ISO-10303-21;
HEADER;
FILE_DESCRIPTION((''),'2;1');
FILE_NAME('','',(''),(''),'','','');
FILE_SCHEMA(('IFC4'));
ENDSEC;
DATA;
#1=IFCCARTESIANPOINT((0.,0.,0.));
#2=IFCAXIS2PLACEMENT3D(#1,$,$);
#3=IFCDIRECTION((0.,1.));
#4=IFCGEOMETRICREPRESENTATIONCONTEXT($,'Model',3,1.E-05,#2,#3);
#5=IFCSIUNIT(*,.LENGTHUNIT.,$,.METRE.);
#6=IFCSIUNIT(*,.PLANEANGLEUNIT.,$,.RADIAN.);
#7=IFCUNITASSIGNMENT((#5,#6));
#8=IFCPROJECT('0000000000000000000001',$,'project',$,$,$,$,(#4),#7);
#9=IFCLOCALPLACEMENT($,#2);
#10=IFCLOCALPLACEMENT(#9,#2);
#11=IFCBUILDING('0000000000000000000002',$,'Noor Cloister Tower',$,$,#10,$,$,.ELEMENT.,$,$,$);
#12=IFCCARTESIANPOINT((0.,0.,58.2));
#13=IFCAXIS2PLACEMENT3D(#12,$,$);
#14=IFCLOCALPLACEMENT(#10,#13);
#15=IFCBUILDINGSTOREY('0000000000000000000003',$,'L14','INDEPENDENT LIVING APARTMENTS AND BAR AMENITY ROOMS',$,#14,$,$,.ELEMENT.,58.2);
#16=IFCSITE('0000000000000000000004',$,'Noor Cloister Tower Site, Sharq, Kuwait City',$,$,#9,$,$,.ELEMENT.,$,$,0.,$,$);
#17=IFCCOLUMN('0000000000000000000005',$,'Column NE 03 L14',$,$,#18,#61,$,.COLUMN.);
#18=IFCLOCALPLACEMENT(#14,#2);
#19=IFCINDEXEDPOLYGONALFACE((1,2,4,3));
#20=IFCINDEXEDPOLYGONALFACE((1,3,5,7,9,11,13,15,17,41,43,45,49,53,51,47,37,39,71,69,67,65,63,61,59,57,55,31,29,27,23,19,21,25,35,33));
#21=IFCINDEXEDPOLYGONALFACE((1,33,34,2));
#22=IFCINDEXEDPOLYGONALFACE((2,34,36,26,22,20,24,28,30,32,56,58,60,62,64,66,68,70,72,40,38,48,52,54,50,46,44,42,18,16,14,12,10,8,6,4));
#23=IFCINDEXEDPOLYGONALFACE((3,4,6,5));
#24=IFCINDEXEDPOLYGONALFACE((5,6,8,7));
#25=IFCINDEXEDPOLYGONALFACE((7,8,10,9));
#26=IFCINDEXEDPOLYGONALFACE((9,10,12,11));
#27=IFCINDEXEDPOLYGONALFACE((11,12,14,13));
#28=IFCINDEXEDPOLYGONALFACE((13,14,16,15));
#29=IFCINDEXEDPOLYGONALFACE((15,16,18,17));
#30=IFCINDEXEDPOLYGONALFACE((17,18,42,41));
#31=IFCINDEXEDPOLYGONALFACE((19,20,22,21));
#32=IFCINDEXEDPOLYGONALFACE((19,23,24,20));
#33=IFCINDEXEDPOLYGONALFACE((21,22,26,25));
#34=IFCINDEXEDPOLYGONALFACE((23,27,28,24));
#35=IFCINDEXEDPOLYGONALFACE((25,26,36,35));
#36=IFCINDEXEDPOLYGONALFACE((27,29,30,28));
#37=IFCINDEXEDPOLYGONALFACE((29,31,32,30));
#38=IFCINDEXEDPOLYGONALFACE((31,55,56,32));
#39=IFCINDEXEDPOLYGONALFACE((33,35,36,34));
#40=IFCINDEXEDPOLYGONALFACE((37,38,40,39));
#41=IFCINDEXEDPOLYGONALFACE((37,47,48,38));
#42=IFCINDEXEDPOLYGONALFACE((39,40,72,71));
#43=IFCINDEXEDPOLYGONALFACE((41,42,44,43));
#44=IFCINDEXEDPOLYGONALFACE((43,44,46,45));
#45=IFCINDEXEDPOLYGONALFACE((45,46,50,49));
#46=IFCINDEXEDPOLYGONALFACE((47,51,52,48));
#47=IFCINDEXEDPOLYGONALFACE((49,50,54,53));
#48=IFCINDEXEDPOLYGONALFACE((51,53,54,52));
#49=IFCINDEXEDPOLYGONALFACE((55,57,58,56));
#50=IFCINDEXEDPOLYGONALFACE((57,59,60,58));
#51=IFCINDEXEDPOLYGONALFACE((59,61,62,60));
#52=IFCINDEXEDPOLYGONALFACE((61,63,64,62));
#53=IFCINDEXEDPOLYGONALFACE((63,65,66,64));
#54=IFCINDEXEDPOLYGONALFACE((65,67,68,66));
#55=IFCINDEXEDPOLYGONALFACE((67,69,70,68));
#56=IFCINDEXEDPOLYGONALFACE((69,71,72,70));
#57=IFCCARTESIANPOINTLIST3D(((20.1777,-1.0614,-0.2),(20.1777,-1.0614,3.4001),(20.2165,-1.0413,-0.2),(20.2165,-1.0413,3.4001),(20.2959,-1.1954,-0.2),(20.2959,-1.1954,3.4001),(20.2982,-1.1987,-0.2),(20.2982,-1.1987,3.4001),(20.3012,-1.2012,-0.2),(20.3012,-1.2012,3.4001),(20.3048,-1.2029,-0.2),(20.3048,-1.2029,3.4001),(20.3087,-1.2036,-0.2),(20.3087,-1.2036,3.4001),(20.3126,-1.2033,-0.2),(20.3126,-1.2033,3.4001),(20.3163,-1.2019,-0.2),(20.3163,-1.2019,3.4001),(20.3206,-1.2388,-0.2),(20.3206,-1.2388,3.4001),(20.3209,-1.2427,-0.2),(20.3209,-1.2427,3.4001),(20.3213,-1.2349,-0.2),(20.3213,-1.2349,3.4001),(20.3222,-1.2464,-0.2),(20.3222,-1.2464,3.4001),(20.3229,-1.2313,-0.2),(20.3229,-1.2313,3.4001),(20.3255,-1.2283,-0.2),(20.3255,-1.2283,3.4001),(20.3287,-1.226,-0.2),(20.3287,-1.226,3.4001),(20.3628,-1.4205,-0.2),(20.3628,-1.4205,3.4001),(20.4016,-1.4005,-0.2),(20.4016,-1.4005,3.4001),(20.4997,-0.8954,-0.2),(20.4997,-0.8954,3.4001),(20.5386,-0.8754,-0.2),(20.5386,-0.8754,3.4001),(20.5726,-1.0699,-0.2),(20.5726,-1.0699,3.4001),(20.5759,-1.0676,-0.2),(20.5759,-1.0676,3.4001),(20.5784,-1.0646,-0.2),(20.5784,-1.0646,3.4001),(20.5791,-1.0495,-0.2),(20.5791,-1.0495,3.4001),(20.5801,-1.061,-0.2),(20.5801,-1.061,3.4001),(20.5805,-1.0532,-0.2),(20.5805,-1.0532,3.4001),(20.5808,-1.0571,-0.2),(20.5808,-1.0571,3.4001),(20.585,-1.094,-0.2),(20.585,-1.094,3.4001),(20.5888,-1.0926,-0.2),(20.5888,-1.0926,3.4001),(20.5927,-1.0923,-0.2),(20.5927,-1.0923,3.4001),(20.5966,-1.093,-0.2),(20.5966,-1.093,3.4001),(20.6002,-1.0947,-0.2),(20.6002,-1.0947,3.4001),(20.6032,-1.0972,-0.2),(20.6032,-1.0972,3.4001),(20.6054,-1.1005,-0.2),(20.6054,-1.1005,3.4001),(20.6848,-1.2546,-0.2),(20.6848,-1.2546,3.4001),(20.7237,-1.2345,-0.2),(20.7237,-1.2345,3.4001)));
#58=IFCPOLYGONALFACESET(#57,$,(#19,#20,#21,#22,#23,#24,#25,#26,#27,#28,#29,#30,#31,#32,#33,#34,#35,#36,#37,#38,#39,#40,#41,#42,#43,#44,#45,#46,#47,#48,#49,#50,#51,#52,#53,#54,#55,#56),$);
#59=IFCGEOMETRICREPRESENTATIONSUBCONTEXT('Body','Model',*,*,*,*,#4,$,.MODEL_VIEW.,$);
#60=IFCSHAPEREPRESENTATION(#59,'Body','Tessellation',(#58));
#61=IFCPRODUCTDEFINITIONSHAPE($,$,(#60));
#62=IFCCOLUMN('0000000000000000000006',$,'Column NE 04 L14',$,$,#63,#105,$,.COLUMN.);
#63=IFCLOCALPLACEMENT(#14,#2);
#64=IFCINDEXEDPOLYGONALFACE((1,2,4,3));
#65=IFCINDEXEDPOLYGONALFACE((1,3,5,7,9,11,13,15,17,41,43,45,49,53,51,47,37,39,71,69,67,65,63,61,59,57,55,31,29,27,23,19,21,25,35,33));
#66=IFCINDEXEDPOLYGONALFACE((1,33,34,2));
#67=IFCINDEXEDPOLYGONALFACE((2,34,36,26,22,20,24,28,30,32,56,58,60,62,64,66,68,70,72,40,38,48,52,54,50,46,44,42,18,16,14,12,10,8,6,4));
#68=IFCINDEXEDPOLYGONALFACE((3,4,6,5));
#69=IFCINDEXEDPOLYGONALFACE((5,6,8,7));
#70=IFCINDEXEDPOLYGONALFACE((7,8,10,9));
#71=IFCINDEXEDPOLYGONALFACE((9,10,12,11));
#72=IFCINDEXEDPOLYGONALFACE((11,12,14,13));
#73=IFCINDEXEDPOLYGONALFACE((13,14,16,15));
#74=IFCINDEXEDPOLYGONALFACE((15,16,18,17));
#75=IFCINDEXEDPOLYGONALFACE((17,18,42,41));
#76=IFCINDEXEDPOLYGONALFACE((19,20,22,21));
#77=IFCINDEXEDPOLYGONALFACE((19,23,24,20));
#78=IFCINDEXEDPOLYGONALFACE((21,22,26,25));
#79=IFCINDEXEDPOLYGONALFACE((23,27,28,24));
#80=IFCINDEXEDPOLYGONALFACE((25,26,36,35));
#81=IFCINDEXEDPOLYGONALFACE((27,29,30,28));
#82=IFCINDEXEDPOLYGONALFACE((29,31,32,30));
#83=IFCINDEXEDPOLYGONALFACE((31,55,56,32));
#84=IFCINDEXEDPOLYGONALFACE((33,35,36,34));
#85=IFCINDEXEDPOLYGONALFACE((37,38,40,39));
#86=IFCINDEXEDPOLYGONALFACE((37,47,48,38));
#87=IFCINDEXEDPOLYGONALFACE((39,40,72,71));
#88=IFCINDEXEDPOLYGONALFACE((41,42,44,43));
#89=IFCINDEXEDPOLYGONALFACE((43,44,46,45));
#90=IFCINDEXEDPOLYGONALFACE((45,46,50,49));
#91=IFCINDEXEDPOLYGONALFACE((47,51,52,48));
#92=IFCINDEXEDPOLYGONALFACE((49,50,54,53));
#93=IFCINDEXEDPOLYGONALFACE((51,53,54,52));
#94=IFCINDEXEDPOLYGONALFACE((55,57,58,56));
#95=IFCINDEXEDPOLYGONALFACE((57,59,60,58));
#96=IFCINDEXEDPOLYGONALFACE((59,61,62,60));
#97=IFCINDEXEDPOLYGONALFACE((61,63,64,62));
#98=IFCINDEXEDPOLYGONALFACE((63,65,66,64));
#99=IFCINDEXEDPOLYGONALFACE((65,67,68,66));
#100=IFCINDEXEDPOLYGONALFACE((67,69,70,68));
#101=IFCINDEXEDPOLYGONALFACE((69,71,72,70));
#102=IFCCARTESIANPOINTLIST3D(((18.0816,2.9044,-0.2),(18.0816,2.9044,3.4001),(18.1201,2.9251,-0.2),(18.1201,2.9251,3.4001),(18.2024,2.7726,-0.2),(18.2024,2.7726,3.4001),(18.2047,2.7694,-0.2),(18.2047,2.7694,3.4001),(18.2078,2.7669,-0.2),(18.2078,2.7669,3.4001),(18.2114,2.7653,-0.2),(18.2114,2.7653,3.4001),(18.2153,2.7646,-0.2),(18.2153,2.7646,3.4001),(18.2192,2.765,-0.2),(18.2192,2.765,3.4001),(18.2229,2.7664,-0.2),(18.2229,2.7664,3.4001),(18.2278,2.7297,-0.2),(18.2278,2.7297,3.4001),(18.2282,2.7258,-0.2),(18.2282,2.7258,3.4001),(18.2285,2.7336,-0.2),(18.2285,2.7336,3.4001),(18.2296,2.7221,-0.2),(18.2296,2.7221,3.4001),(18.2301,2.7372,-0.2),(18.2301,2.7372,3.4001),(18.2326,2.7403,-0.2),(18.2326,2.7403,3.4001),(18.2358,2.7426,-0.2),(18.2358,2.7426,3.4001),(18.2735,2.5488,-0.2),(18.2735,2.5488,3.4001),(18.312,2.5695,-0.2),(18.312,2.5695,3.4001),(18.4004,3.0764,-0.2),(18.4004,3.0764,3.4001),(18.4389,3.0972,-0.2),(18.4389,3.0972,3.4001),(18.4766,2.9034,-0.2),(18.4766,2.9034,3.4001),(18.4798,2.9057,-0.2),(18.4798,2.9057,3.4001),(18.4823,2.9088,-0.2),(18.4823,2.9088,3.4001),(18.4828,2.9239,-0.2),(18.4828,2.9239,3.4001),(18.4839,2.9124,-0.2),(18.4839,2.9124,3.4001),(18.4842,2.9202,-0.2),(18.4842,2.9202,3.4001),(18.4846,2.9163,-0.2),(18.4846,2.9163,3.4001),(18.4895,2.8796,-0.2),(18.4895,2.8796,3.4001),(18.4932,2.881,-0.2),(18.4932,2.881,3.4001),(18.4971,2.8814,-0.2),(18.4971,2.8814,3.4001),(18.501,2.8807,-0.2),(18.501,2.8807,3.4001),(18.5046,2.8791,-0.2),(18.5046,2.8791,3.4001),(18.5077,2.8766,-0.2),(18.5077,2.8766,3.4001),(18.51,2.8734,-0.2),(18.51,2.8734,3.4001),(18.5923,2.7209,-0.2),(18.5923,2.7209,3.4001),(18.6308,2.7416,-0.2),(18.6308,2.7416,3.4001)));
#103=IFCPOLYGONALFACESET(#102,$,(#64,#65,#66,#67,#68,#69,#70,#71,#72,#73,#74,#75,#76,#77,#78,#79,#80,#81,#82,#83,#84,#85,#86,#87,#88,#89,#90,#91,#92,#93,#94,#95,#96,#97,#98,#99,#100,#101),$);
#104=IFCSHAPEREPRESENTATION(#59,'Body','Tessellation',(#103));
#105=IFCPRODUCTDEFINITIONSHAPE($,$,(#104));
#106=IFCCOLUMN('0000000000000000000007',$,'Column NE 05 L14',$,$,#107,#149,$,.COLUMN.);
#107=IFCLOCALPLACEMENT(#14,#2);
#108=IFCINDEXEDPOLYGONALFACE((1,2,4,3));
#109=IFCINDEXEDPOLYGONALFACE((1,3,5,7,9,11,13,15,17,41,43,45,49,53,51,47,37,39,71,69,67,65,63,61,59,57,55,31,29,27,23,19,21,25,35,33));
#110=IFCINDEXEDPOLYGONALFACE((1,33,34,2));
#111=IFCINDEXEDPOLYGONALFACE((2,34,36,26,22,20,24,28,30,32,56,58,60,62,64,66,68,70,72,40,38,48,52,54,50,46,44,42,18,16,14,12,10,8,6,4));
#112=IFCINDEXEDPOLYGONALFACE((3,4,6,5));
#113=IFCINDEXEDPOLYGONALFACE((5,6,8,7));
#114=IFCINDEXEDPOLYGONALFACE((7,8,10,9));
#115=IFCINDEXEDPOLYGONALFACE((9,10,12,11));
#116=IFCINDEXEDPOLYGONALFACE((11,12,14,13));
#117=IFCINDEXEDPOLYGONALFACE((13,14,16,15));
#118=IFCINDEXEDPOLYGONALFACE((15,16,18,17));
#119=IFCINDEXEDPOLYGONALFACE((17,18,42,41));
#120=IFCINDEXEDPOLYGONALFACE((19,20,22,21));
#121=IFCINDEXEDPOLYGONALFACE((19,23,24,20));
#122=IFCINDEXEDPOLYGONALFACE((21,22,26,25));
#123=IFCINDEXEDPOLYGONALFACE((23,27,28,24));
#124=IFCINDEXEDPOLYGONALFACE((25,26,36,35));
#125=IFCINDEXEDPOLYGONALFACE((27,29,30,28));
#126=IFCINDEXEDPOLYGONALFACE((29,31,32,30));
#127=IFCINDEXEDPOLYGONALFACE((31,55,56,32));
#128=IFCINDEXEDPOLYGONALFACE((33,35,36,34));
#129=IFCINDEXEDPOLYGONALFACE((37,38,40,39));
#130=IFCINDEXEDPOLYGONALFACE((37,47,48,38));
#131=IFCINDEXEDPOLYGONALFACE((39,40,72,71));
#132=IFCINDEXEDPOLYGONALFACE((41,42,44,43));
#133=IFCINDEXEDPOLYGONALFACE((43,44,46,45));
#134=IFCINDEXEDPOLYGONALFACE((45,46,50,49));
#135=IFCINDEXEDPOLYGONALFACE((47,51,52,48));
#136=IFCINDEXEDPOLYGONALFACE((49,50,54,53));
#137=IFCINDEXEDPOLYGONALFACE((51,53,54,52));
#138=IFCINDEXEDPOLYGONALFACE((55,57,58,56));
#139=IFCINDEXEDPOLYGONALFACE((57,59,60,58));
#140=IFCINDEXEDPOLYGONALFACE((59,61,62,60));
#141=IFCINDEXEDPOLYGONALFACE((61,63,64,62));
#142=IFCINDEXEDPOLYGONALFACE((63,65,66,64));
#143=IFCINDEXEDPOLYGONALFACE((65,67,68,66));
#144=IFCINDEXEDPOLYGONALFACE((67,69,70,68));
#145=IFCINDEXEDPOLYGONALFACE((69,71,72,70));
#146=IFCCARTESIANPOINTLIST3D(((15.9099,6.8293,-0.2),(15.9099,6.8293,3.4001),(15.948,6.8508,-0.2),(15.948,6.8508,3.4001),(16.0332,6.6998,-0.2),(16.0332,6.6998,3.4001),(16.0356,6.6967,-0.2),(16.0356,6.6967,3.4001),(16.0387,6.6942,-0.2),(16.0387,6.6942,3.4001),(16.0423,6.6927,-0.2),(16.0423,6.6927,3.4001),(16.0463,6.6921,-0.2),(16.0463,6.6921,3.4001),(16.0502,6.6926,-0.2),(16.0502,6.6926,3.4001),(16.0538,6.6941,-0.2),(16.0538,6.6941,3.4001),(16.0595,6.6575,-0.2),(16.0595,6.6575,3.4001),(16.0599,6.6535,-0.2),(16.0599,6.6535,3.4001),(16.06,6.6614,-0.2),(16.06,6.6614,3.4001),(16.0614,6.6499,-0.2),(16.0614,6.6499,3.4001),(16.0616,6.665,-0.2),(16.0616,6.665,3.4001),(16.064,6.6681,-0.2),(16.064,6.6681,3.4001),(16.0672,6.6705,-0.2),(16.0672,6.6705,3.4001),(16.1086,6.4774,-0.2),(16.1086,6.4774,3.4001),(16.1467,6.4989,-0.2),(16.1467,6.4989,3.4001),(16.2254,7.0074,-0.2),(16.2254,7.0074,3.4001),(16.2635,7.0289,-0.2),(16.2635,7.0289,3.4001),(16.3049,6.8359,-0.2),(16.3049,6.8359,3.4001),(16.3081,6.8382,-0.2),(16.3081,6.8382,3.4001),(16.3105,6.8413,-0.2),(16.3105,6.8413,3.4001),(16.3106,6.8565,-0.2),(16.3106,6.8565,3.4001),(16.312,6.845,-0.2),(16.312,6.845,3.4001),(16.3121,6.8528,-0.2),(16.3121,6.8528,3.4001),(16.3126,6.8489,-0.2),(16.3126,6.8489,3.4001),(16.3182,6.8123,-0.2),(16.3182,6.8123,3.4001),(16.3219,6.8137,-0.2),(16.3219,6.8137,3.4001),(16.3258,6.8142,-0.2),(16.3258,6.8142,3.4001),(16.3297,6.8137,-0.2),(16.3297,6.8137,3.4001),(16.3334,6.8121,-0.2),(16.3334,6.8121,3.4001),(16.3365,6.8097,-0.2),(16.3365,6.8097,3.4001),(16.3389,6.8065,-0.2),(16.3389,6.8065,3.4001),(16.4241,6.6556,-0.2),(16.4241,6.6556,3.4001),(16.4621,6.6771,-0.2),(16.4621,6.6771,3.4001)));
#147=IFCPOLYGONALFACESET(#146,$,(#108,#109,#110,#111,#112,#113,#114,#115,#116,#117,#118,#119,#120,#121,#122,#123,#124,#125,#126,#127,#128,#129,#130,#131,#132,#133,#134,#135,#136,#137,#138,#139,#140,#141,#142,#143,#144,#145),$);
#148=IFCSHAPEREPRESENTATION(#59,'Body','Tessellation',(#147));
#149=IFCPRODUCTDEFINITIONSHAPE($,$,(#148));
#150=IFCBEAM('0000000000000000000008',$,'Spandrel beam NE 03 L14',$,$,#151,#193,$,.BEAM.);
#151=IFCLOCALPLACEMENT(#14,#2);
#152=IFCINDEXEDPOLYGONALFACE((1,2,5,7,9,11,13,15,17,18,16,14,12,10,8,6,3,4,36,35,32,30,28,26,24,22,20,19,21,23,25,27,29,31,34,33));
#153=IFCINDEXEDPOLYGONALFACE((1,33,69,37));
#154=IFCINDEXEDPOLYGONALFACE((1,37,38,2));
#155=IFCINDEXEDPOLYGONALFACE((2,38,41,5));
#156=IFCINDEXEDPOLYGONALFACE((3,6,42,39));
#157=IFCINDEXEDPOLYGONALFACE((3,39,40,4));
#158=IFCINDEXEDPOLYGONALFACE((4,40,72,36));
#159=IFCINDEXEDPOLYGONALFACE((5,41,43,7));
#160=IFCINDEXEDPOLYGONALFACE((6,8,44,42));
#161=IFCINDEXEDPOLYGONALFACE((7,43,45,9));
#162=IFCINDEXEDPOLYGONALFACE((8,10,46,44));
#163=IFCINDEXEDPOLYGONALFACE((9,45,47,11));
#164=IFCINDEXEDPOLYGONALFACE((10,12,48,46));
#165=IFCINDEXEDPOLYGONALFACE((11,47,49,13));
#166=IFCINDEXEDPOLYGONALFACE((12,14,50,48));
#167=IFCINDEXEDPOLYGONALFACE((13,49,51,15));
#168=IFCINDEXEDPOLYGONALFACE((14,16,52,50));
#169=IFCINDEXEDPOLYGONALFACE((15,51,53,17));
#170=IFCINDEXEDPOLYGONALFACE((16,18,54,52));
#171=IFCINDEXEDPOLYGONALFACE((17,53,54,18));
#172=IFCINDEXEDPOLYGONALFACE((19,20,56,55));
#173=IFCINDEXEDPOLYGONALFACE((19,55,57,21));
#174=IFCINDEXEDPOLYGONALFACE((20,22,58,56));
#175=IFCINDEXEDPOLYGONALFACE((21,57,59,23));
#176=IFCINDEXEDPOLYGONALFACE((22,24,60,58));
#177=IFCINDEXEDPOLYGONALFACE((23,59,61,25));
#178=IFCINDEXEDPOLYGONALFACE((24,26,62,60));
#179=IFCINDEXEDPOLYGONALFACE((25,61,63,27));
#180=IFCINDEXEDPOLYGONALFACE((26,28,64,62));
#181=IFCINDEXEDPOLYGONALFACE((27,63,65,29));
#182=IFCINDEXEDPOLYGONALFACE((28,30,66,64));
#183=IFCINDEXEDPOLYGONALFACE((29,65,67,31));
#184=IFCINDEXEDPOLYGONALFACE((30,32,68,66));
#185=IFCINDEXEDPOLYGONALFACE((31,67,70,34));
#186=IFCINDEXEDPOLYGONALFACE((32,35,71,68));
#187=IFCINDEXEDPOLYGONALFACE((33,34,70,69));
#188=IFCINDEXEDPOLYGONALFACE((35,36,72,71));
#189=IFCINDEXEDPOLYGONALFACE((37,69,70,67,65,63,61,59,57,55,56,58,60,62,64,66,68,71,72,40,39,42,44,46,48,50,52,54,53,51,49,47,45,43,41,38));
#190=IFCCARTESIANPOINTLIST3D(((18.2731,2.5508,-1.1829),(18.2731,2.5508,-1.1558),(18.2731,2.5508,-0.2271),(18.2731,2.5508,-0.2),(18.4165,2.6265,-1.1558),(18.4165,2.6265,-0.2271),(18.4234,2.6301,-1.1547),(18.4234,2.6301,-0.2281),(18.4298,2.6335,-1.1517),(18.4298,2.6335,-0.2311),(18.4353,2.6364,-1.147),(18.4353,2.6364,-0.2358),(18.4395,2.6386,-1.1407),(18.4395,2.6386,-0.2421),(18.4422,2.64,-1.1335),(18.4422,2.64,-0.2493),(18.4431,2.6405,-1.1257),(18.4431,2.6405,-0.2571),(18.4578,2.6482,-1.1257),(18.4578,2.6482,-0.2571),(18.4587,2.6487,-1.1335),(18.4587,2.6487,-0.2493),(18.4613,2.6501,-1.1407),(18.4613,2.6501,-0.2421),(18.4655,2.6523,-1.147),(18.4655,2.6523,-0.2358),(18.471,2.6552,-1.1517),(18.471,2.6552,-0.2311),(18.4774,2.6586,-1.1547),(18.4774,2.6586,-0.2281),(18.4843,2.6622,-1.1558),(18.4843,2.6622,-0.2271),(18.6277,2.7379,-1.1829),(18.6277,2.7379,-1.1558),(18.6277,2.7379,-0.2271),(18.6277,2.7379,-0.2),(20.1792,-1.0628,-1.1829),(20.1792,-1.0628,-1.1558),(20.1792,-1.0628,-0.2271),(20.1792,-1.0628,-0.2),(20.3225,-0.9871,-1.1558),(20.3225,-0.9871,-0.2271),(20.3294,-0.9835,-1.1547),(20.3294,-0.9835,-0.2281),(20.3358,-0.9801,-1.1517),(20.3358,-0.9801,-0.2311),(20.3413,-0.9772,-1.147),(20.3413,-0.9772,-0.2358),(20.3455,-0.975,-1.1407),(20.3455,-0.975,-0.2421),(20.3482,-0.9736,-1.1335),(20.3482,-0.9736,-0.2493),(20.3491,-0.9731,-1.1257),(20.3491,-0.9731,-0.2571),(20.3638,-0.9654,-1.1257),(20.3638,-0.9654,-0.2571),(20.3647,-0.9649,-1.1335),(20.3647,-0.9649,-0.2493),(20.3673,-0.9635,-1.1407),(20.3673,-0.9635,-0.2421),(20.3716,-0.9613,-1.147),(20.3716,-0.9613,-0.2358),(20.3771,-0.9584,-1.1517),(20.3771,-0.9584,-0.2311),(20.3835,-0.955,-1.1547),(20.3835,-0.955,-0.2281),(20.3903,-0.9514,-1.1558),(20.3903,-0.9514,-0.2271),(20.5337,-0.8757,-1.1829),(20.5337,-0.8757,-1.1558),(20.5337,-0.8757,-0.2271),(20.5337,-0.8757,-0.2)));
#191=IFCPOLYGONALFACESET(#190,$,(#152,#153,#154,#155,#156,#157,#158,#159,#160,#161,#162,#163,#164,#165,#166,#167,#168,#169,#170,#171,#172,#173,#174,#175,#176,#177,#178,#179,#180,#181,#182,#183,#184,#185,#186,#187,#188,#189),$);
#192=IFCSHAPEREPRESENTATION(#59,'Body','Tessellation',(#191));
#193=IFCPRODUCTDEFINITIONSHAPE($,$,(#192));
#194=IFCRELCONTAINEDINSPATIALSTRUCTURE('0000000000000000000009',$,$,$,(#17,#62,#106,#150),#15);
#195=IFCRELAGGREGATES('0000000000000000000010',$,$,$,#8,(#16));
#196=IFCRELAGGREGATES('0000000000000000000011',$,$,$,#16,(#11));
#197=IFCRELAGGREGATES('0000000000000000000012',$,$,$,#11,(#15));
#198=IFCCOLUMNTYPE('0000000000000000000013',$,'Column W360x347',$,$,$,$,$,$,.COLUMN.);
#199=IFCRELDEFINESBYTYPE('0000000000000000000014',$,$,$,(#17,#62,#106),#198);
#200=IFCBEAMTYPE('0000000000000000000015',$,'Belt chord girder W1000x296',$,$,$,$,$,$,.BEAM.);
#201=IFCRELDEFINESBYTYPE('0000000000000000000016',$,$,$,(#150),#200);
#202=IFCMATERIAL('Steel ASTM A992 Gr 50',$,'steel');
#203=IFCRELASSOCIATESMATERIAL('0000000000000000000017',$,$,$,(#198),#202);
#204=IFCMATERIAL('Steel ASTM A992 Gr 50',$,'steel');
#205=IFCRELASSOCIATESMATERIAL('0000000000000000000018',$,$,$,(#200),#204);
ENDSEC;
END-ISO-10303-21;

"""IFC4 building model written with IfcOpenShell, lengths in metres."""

from ifc_helpers import new_model, si_unit, direction, frame, origin, origin_2d, place, context, subcontext, project, spatial, i_section, extrude, material, material_profile, profile_set, type_object, element, save


model = new_model("IFC4")

# Units and contexts
model_context = context("Model", 3, precision=1e-05, world=origin(), true_north=direction((0.0, 1.0)))
body_context = subcontext(model_context, "Body", "Model", "MODEL_VIEW")
ifc_project = project(units=[si_unit("LENGTHUNIT", "METRE"), si_unit("PLANEANGLEUNIT", "RADIAN")], contexts=[model_context])

# Site, building, storey
site_placement = place(None, origin())
site = spatial("IfcSite", under=ifc_project, at=site_placement, Name="Noor Cloister Tower Site, Sharq, Kuwait City", CompositionType="ELEMENT", RefElevation=0.0)
building_placement = place(site_placement, origin())
building = spatial("IfcBuilding", under=site, at=building_placement, Name="Noor Cloister Tower", CompositionType="ELEMENT")
storey_placement = place(building_placement, frame((0.0, 0.0, 58.2)))
storey = spatial("IfcBuildingStorey", under=building, at=storey_placement, Name="L14", Description="INDEPENDENT LIVING APARTMENTS AND BAR AMENITY ROOMS", CompositionType="ELEMENT", Elevation=58.2)

# Columns
ifc_material_1 = material(Name="Steel ASTM A992 Gr 50", Category="steel")
ifc_material_profile_1 = material_profile(ifc_material_1, i_section(OverallWidth=0.4041, OverallDepth=0.406, WebThickness=0.0271, FlangeThickness=0.0437, FilletRadius=0.0151, at=origin_2d()), Name="W360x347")
ifc_profile_set_1 = profile_set([ifc_material_profile_1], Name="Steel ASTM A992 Gr 50")
column_type = type_object("IfcColumnType", Name="Column W360x347", PredefinedType="COLUMN", material=ifc_profile_set_1)
for number, where, z_axis, x_axis, name in (
    (1, (20.4507, -1.1479, -0.2), (0.0, 0.0, 1.0), (-0.458101, 0.8889, 0.0), "Column NE 03 L14"),
    (2, (18.3562, 2.823, -0.2), (0.0, 0.0, 1.0), (-0.474991, 0.87999, 0.0), "Column NE 04 L14"),
    (3, (16.186, 6.7532, -0.2), (0.0, 0.0, 1.0), (-0.491708, 0.87076, 0.0), "Column NE 05 L14"),
):
    element("IfcColumn", number, at=place(storey_placement, frame(where, z_axis=z_axis, x_axis=x_axis)), inside=storey, type_object=column_type, Name=name, PredefinedType="COLUMN", context=body_context, shape_type="SweptSolid", body=[
        extrude(i_section(OverallWidth=0.4041, OverallDepth=0.406, WebThickness=0.0271, FlangeThickness=0.0437, FilletRadius=0.0151, at=origin_2d()), origin(), (0.0, 0.0, 1.0), 3.6001),
    ])

# Beam
ifc_material_2 = material(Name="Steel ASTM A992 Gr 50", Category="steel")
ifc_material_profile_2 = material_profile(ifc_material_2, i_section(OverallWidth=0.4009, OverallDepth=0.9829, WebThickness=0.0166, FlangeThickness=0.0271, FilletRadius=0.03, at=origin_2d()), Name="W1000x296")
ifc_profile_set_2 = profile_set([ifc_material_profile_2], Name="Steel ASTM A992 Gr 50")
beam_type_1 = type_object("IfcBeamType", Name="Belt chord girder W1000x296", PredefinedType="BEAM", material=ifc_profile_set_2)
for number, where, z_axis, x_axis, name in (
    (4, (20.3564, -0.9692, -0.6914), (-0.466542, 0.884499, 0.0), (-0.884499, -0.466542, 0.0), "Spandrel beam NE 03 L14"),
):
    element("IfcBeam", number, at=place(storey_placement, frame(where, z_axis=z_axis, x_axis=x_axis)), inside=storey, type_object=beam_type_1, Name=name, PredefinedType="BEAM", context=body_context, shape_type="SweptSolid", body=[
        extrude(i_section(OverallWidth=0.4009, OverallDepth=0.9829, WebThickness=0.0166, FlangeThickness=0.0271, FilletRadius=0.03, at=origin_2d()), origin(), (0.0, 0.0, 1.0), 4.0854),
    ])

save(model, "model.ifc")
